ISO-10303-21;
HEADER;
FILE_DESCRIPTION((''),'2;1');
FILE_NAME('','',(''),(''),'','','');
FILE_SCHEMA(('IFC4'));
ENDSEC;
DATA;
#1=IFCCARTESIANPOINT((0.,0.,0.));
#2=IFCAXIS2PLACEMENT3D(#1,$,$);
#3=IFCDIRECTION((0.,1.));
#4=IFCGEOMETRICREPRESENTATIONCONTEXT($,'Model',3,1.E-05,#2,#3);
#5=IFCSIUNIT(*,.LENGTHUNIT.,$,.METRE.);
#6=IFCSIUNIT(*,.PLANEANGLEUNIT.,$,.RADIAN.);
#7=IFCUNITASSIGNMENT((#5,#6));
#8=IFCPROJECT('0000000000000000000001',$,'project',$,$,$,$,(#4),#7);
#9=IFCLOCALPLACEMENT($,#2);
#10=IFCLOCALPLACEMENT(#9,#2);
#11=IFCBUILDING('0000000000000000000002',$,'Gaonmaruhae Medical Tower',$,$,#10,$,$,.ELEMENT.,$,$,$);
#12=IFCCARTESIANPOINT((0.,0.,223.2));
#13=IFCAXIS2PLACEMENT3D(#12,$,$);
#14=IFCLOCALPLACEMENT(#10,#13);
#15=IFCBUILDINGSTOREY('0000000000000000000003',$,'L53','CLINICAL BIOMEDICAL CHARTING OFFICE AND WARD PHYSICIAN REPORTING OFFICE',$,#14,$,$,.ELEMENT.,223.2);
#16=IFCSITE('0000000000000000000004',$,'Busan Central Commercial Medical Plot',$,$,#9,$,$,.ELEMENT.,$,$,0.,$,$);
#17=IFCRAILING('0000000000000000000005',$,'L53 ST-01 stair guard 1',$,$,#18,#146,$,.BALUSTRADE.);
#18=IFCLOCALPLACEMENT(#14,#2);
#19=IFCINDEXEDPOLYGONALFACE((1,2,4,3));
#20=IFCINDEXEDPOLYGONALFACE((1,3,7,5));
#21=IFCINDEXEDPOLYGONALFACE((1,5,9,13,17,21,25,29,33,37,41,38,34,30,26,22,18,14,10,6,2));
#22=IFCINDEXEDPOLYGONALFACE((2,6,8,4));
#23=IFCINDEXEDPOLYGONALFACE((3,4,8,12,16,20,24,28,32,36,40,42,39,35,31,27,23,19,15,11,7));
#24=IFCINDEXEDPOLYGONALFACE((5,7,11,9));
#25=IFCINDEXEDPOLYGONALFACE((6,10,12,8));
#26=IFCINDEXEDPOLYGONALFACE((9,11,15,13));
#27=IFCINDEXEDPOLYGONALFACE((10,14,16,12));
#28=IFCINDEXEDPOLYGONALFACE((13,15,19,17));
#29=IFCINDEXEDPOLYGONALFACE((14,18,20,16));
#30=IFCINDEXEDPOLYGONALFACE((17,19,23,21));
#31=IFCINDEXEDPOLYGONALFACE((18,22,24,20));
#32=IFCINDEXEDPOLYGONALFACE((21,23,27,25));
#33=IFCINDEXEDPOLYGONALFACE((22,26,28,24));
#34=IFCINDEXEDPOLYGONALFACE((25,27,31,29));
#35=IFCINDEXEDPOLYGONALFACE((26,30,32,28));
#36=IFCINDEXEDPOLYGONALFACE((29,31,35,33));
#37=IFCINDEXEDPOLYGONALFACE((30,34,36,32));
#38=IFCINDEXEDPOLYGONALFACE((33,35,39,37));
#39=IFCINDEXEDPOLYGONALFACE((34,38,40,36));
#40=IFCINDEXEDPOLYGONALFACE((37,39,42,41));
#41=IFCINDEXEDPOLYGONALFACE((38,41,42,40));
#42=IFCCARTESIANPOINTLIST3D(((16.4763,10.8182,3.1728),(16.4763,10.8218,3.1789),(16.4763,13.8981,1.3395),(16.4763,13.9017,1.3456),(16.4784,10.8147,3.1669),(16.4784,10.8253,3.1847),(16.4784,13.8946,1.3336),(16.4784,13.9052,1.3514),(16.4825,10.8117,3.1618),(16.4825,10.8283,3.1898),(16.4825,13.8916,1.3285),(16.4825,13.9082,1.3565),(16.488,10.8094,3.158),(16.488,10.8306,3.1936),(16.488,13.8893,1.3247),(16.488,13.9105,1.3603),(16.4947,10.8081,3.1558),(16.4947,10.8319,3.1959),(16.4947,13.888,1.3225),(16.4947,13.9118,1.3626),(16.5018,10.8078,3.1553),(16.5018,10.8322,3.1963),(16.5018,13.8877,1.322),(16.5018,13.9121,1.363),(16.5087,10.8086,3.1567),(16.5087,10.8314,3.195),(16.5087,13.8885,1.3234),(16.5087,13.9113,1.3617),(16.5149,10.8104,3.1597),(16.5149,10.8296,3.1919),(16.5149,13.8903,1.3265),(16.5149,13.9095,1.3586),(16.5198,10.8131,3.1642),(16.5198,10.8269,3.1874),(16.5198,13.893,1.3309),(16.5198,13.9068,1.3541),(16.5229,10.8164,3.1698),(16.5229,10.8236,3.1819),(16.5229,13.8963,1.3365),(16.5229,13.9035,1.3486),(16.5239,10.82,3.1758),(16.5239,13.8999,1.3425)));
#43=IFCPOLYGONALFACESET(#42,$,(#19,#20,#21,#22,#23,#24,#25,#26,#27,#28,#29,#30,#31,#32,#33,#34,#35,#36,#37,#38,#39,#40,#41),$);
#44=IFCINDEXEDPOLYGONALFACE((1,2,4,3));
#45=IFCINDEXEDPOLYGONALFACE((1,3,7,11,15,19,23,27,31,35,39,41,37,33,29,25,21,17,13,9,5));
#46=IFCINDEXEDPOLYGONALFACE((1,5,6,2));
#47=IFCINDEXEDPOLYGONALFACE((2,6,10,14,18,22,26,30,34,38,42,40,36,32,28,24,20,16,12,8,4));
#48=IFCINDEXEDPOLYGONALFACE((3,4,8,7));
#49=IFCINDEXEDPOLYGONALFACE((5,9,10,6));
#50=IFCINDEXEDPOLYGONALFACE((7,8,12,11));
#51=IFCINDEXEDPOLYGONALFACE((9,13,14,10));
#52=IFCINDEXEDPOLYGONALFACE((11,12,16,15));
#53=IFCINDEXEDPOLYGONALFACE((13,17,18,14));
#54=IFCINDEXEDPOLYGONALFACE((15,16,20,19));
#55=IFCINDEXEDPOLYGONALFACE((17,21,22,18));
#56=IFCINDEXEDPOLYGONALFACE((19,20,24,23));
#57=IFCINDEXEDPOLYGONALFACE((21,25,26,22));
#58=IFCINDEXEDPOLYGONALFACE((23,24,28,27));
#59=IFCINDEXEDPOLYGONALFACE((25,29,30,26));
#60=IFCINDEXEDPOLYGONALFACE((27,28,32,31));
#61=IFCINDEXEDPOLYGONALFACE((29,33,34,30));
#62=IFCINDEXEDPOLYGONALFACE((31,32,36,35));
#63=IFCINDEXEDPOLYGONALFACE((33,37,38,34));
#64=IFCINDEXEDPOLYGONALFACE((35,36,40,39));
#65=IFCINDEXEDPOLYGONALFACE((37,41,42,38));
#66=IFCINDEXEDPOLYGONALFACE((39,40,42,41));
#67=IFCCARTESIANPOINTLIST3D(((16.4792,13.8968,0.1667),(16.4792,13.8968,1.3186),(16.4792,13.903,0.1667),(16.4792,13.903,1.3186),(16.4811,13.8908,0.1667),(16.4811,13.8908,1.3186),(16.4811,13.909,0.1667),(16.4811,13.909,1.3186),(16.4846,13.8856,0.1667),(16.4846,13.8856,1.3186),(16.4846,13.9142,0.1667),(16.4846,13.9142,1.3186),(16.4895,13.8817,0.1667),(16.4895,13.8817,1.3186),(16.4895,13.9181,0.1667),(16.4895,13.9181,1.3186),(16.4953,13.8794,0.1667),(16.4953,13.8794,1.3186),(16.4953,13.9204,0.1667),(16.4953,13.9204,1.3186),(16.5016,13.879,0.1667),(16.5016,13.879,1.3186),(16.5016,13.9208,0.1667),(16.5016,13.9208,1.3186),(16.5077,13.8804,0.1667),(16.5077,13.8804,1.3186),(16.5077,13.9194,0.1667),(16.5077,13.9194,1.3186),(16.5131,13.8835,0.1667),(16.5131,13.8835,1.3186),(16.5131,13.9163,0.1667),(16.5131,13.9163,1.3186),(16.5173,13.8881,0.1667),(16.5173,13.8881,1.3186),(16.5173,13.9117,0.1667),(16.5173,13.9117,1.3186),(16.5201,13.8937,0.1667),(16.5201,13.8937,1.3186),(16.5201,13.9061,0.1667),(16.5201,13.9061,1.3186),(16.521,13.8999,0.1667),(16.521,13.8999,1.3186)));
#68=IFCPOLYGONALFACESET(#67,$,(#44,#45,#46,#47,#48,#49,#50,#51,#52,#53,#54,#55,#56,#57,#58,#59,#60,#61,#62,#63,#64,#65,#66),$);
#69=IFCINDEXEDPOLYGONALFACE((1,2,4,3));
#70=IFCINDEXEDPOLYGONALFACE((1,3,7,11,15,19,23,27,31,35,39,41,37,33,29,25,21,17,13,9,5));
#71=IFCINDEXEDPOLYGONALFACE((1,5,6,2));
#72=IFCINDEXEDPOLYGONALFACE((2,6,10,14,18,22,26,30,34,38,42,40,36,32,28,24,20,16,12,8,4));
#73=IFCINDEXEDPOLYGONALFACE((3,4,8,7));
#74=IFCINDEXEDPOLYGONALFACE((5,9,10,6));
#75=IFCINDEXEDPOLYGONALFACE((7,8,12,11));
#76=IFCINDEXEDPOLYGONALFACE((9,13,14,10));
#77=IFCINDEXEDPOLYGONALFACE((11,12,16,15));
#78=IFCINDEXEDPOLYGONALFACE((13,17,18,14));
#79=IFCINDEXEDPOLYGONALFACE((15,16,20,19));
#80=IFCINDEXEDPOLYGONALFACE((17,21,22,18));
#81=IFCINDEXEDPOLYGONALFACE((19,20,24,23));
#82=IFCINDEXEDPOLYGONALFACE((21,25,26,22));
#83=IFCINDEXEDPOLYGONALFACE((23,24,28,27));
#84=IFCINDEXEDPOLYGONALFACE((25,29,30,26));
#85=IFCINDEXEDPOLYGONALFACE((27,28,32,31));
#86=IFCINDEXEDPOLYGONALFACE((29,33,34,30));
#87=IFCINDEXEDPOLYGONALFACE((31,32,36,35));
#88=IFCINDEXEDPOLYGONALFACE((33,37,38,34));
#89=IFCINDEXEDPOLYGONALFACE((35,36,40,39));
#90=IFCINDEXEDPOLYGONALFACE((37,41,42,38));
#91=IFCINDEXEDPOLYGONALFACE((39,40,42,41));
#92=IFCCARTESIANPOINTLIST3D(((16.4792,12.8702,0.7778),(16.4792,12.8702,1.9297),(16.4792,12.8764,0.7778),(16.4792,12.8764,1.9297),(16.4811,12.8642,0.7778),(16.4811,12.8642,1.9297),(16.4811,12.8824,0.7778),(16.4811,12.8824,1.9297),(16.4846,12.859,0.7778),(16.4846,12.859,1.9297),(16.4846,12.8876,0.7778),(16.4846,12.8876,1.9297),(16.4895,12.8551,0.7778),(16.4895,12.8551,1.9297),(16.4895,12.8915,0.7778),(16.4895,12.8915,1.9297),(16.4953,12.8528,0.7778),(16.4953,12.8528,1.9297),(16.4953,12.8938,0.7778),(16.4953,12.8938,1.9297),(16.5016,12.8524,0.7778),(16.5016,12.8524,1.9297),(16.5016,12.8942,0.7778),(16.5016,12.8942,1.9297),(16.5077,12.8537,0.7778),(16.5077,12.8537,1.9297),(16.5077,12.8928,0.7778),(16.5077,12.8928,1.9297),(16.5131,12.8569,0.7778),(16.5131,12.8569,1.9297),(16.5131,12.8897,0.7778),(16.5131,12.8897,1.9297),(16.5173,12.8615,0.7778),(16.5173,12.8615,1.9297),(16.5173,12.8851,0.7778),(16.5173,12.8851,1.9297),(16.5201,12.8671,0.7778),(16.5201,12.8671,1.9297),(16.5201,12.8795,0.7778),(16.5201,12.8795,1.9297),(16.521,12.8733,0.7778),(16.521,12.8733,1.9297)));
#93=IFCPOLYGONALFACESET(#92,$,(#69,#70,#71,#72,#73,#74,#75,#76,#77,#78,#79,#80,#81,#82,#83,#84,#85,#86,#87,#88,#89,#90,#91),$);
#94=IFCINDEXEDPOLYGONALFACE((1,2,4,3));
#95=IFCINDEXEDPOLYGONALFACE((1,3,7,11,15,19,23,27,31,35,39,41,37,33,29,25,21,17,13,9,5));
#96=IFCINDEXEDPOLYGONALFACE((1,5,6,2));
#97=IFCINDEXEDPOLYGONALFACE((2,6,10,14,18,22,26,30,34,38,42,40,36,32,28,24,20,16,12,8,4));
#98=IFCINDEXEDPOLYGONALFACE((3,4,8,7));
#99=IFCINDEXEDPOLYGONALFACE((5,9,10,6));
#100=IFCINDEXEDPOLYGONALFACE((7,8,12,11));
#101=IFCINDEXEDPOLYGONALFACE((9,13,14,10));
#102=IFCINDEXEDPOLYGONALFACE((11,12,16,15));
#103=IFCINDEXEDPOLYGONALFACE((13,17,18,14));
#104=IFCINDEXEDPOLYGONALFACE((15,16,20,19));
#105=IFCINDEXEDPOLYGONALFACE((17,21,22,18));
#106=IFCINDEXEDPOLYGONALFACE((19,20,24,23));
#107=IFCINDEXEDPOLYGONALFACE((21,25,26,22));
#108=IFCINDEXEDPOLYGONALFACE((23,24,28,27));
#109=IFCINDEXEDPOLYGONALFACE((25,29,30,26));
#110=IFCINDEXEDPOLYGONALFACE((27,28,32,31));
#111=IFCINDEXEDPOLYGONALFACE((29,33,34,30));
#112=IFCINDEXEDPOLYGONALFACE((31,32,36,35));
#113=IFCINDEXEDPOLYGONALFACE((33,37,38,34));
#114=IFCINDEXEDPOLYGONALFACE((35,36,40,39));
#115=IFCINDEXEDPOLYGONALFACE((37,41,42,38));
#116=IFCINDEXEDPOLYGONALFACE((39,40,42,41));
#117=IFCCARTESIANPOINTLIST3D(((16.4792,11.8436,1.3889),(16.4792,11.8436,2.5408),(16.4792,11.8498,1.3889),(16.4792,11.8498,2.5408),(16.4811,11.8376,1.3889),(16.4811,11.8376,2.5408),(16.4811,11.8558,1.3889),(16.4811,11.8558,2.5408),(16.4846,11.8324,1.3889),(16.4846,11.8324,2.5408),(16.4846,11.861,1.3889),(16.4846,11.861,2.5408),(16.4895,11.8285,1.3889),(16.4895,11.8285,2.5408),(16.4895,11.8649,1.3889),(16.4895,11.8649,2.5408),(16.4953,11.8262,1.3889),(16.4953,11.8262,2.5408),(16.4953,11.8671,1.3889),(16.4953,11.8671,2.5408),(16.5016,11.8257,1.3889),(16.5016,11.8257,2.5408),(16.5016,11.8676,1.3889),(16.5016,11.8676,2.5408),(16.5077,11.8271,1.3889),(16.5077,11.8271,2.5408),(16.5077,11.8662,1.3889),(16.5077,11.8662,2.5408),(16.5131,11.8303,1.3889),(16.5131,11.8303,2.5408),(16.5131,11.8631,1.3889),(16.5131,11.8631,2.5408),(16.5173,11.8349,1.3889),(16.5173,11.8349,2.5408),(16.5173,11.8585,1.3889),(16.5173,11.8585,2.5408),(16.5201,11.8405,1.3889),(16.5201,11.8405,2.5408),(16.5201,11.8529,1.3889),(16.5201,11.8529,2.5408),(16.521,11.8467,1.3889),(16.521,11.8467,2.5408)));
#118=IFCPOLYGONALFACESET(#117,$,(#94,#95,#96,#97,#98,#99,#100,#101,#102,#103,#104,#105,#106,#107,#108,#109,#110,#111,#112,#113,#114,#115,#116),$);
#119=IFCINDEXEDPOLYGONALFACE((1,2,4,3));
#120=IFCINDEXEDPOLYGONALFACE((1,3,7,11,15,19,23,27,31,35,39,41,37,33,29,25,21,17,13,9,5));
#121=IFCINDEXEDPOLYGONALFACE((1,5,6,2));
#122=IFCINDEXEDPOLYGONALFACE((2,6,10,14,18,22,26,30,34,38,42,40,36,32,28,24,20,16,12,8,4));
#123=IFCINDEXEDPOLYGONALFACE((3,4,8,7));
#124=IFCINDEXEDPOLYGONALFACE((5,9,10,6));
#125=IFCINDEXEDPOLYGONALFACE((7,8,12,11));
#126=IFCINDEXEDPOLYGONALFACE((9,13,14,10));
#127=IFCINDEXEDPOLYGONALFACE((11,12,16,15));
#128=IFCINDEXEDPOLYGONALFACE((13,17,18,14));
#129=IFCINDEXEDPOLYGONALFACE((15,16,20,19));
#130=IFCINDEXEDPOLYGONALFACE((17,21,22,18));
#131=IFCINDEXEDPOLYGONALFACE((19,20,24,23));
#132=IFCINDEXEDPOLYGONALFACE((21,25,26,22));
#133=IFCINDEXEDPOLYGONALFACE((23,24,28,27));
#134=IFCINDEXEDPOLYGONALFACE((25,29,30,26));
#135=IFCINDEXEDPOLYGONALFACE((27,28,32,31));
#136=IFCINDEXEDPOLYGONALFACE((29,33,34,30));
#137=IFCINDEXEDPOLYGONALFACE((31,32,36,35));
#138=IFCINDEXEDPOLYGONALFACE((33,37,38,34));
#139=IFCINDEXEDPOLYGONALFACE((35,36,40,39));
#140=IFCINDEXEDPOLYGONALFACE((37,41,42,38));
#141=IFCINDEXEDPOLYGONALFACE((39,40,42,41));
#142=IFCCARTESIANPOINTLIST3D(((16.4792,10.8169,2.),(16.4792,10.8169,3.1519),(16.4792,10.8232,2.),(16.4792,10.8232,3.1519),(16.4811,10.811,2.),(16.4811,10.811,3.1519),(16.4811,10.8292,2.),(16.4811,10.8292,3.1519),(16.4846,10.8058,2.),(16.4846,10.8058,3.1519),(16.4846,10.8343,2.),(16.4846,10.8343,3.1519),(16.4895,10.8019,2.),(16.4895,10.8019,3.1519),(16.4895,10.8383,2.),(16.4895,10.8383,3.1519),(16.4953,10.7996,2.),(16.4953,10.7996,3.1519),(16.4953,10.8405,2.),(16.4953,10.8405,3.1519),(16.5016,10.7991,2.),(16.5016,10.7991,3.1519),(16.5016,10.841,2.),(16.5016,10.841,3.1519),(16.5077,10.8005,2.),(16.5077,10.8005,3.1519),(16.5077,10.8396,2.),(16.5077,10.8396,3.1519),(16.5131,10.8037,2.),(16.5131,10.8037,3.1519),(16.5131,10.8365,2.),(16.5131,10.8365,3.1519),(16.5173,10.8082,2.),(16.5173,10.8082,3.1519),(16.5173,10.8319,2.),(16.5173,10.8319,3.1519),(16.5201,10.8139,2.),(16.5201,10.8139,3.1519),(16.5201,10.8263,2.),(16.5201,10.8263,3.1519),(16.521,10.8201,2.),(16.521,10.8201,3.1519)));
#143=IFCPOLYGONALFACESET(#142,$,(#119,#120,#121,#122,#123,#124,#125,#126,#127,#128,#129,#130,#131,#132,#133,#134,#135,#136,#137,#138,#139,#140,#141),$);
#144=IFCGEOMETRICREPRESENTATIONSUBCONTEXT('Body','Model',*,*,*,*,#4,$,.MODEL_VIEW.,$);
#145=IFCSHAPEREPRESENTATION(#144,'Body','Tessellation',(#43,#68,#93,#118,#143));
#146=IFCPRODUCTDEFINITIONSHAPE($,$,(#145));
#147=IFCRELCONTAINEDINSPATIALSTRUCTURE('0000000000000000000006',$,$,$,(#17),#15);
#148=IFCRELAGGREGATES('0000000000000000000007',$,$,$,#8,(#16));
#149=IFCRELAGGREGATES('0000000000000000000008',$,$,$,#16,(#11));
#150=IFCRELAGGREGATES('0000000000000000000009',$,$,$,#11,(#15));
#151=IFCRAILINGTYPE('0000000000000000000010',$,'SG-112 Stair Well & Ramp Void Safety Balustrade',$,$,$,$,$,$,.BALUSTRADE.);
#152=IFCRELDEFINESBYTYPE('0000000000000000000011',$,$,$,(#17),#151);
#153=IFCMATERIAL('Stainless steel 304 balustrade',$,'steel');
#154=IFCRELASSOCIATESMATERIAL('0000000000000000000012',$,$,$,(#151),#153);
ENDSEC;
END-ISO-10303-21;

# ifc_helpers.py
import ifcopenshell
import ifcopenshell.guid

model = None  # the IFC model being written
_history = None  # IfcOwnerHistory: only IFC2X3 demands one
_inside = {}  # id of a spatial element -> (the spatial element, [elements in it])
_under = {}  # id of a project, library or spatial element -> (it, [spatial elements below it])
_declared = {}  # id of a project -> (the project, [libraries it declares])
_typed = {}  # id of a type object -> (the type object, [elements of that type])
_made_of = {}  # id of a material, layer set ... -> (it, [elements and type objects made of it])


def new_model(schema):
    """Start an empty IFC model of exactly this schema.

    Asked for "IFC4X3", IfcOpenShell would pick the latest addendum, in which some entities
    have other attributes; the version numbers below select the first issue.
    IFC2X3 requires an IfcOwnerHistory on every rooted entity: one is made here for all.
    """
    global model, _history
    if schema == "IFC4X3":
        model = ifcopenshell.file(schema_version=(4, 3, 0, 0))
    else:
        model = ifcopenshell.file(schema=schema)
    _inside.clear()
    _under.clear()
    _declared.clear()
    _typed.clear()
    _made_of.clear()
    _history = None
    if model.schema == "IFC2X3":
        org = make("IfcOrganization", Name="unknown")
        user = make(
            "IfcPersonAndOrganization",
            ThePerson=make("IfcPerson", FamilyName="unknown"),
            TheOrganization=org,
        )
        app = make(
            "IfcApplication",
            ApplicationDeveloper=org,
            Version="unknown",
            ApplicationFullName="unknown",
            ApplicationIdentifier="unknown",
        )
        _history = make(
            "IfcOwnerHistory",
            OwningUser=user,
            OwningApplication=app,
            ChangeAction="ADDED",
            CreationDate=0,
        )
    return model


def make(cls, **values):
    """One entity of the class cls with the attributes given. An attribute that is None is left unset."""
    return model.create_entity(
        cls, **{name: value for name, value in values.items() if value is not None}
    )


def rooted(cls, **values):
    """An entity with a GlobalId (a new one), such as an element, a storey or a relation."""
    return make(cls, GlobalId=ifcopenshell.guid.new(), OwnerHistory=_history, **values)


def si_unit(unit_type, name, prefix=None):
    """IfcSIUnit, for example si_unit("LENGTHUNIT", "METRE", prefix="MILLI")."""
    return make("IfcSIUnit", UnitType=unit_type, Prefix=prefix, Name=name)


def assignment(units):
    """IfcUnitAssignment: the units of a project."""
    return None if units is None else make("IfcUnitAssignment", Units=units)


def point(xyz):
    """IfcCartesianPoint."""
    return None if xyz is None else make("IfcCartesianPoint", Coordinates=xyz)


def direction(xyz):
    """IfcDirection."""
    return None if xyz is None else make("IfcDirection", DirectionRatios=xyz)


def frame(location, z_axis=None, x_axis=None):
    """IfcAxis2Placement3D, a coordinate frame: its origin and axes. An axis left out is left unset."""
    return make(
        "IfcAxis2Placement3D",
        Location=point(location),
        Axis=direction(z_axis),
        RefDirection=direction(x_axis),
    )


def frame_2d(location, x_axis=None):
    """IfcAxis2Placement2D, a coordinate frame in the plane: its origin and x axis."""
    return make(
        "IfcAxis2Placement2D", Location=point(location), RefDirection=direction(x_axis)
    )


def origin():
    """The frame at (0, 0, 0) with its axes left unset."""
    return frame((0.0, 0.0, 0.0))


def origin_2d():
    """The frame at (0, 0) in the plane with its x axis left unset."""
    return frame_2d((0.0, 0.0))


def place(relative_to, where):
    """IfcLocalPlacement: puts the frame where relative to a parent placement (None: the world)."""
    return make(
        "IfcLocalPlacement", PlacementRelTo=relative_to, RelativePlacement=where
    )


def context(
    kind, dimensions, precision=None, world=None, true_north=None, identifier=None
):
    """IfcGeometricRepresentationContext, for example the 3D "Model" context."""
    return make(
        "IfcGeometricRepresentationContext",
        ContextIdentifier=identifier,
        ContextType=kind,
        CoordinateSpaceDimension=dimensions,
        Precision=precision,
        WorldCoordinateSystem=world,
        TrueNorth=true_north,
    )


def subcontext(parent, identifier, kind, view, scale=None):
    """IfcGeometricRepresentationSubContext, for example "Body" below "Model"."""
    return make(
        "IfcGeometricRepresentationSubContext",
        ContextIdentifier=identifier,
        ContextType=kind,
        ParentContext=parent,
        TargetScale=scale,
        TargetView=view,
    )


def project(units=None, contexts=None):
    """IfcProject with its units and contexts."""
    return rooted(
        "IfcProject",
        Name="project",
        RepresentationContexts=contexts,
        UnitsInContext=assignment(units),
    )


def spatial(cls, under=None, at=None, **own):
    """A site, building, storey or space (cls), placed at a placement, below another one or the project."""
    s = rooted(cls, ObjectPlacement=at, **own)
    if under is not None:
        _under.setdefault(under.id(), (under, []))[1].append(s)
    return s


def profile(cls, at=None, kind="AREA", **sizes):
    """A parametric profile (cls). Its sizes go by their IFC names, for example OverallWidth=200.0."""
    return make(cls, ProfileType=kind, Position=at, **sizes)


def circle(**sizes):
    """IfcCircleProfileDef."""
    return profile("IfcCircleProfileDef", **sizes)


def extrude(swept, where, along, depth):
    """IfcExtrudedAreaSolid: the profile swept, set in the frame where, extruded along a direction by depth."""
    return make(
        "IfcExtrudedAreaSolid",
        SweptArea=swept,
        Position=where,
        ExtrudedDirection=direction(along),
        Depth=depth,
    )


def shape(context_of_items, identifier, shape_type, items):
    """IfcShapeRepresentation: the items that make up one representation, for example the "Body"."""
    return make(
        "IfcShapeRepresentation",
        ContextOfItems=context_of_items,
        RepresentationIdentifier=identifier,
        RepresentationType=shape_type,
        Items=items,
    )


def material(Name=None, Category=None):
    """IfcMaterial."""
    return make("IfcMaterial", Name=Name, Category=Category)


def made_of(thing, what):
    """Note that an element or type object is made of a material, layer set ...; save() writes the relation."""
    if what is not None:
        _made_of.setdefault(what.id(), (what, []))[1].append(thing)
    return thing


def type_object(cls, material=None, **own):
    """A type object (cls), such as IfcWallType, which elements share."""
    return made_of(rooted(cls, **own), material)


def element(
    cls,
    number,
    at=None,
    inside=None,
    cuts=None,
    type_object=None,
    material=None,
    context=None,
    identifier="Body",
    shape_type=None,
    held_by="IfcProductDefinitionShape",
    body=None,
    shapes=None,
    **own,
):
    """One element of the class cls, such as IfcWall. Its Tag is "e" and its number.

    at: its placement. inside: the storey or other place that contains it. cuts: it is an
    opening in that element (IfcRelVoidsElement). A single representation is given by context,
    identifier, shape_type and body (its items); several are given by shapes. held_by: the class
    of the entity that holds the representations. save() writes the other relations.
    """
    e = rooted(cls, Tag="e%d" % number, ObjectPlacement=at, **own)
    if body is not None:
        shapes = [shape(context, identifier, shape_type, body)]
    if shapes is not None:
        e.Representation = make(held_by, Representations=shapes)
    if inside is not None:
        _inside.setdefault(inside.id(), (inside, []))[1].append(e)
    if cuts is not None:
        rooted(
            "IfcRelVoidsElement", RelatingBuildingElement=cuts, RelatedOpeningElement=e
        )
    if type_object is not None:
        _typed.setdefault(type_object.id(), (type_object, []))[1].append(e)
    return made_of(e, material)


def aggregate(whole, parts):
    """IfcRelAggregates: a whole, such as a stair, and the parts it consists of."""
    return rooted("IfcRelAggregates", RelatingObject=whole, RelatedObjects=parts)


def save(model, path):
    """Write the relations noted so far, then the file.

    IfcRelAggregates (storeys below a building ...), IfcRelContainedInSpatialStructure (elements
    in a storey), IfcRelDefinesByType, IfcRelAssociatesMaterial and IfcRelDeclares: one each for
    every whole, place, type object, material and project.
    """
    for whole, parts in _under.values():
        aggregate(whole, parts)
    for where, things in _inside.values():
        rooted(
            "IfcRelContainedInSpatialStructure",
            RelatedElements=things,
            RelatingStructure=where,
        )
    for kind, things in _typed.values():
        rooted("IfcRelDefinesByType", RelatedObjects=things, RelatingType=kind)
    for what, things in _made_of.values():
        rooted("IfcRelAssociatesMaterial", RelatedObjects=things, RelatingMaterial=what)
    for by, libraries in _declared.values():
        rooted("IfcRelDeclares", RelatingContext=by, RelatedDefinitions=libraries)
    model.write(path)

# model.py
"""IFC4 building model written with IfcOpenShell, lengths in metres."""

from ifc_helpers import new_model, si_unit, direction, frame, origin, origin_2d, place, context, subcontext, project, spatial, circle, extrude, material, type_object, element, save


model = new_model("IFC4")

# Units and contexts
model_context = context("Model", 3, precision=1e-05, world=origin(), true_north=direction((0.0, 1.0)))
body_context = subcontext(model_context, "Body", "Model", "MODEL_VIEW")
ifc_project = project(units=[si_unit("LENGTHUNIT", "METRE"), si_unit("PLANEANGLEUNIT", "RADIAN")], contexts=[model_context])

# Site, building, storey
site_placement = place(None, origin())
site = spatial("IfcSite", under=ifc_project, at=site_placement, Name="Busan Central Commercial Medical Plot", CompositionType="ELEMENT", RefElevation=0.0)
building_placement = place(site_placement, origin())
building = spatial("IfcBuilding", under=site, at=building_placement, Name="Gaonmaruhae Medical Tower", CompositionType="ELEMENT")
storey_placement = place(building_placement, frame((0.0, 0.0, 223.2)))
storey = spatial("IfcBuildingStorey", under=building, at=storey_placement, Name="L53", Description="CLINICAL BIOMEDICAL CHARTING OFFICE AND WARD PHYSICIAN REPORTING OFFICE", CompositionType="ELEMENT", Elevation=223.2)

# Railing
ifc_material_1 = material(Name="Stainless steel 304 balustrade", Category="steel")
railing_type_1 = type_object("IfcRailingType", Name="SG-112 Stair Well & Ramp Void Safety Balustrade", PredefinedType="BALUSTRADE", material=ifc_material_1)
railing_1_placement = place(storey_placement, frame((16.5, 13.8999, 0.1667)))
element("IfcRailing", 1, at=railing_1_placement, inside=storey, type_object=railing_type_1, Name="L53 ST-01 stair guard 1", PredefinedType="BALUSTRADE", context=body_context, shape_type="SweptSolid", body=[
    extrude(circle(Radius=0.0239, at=origin_2d()), frame((0.0, 0.0, 1.1758), z_axis=(0.0, -0.859291, 0.511487), x_axis=(1.0, 0.0, 0.0)), (0.0, 0.0, 1.0), 3.5842),
    extrude(circle(Radius=0.021, at=origin_2d()), origin(), (0.0, 0.0, 1.0), 1.1519),
    extrude(circle(Radius=0.021, at=origin_2d()), frame((0.0, -1.0266, 0.6111)), (0.0, 0.0, 1.0), 1.1519),
    extrude(circle(Radius=0.021, at=origin_2d()), frame((0.0, -2.0532, 1.2222)), (0.0, 0.0, 1.0), 1.1519),
    extrude(circle(Radius=0.021, at=origin_2d()), frame((0.0, -3.0798, 1.8333)), (0.0, 0.0, 1.0), 1.1519),
])

save(model, "model.ifc")
